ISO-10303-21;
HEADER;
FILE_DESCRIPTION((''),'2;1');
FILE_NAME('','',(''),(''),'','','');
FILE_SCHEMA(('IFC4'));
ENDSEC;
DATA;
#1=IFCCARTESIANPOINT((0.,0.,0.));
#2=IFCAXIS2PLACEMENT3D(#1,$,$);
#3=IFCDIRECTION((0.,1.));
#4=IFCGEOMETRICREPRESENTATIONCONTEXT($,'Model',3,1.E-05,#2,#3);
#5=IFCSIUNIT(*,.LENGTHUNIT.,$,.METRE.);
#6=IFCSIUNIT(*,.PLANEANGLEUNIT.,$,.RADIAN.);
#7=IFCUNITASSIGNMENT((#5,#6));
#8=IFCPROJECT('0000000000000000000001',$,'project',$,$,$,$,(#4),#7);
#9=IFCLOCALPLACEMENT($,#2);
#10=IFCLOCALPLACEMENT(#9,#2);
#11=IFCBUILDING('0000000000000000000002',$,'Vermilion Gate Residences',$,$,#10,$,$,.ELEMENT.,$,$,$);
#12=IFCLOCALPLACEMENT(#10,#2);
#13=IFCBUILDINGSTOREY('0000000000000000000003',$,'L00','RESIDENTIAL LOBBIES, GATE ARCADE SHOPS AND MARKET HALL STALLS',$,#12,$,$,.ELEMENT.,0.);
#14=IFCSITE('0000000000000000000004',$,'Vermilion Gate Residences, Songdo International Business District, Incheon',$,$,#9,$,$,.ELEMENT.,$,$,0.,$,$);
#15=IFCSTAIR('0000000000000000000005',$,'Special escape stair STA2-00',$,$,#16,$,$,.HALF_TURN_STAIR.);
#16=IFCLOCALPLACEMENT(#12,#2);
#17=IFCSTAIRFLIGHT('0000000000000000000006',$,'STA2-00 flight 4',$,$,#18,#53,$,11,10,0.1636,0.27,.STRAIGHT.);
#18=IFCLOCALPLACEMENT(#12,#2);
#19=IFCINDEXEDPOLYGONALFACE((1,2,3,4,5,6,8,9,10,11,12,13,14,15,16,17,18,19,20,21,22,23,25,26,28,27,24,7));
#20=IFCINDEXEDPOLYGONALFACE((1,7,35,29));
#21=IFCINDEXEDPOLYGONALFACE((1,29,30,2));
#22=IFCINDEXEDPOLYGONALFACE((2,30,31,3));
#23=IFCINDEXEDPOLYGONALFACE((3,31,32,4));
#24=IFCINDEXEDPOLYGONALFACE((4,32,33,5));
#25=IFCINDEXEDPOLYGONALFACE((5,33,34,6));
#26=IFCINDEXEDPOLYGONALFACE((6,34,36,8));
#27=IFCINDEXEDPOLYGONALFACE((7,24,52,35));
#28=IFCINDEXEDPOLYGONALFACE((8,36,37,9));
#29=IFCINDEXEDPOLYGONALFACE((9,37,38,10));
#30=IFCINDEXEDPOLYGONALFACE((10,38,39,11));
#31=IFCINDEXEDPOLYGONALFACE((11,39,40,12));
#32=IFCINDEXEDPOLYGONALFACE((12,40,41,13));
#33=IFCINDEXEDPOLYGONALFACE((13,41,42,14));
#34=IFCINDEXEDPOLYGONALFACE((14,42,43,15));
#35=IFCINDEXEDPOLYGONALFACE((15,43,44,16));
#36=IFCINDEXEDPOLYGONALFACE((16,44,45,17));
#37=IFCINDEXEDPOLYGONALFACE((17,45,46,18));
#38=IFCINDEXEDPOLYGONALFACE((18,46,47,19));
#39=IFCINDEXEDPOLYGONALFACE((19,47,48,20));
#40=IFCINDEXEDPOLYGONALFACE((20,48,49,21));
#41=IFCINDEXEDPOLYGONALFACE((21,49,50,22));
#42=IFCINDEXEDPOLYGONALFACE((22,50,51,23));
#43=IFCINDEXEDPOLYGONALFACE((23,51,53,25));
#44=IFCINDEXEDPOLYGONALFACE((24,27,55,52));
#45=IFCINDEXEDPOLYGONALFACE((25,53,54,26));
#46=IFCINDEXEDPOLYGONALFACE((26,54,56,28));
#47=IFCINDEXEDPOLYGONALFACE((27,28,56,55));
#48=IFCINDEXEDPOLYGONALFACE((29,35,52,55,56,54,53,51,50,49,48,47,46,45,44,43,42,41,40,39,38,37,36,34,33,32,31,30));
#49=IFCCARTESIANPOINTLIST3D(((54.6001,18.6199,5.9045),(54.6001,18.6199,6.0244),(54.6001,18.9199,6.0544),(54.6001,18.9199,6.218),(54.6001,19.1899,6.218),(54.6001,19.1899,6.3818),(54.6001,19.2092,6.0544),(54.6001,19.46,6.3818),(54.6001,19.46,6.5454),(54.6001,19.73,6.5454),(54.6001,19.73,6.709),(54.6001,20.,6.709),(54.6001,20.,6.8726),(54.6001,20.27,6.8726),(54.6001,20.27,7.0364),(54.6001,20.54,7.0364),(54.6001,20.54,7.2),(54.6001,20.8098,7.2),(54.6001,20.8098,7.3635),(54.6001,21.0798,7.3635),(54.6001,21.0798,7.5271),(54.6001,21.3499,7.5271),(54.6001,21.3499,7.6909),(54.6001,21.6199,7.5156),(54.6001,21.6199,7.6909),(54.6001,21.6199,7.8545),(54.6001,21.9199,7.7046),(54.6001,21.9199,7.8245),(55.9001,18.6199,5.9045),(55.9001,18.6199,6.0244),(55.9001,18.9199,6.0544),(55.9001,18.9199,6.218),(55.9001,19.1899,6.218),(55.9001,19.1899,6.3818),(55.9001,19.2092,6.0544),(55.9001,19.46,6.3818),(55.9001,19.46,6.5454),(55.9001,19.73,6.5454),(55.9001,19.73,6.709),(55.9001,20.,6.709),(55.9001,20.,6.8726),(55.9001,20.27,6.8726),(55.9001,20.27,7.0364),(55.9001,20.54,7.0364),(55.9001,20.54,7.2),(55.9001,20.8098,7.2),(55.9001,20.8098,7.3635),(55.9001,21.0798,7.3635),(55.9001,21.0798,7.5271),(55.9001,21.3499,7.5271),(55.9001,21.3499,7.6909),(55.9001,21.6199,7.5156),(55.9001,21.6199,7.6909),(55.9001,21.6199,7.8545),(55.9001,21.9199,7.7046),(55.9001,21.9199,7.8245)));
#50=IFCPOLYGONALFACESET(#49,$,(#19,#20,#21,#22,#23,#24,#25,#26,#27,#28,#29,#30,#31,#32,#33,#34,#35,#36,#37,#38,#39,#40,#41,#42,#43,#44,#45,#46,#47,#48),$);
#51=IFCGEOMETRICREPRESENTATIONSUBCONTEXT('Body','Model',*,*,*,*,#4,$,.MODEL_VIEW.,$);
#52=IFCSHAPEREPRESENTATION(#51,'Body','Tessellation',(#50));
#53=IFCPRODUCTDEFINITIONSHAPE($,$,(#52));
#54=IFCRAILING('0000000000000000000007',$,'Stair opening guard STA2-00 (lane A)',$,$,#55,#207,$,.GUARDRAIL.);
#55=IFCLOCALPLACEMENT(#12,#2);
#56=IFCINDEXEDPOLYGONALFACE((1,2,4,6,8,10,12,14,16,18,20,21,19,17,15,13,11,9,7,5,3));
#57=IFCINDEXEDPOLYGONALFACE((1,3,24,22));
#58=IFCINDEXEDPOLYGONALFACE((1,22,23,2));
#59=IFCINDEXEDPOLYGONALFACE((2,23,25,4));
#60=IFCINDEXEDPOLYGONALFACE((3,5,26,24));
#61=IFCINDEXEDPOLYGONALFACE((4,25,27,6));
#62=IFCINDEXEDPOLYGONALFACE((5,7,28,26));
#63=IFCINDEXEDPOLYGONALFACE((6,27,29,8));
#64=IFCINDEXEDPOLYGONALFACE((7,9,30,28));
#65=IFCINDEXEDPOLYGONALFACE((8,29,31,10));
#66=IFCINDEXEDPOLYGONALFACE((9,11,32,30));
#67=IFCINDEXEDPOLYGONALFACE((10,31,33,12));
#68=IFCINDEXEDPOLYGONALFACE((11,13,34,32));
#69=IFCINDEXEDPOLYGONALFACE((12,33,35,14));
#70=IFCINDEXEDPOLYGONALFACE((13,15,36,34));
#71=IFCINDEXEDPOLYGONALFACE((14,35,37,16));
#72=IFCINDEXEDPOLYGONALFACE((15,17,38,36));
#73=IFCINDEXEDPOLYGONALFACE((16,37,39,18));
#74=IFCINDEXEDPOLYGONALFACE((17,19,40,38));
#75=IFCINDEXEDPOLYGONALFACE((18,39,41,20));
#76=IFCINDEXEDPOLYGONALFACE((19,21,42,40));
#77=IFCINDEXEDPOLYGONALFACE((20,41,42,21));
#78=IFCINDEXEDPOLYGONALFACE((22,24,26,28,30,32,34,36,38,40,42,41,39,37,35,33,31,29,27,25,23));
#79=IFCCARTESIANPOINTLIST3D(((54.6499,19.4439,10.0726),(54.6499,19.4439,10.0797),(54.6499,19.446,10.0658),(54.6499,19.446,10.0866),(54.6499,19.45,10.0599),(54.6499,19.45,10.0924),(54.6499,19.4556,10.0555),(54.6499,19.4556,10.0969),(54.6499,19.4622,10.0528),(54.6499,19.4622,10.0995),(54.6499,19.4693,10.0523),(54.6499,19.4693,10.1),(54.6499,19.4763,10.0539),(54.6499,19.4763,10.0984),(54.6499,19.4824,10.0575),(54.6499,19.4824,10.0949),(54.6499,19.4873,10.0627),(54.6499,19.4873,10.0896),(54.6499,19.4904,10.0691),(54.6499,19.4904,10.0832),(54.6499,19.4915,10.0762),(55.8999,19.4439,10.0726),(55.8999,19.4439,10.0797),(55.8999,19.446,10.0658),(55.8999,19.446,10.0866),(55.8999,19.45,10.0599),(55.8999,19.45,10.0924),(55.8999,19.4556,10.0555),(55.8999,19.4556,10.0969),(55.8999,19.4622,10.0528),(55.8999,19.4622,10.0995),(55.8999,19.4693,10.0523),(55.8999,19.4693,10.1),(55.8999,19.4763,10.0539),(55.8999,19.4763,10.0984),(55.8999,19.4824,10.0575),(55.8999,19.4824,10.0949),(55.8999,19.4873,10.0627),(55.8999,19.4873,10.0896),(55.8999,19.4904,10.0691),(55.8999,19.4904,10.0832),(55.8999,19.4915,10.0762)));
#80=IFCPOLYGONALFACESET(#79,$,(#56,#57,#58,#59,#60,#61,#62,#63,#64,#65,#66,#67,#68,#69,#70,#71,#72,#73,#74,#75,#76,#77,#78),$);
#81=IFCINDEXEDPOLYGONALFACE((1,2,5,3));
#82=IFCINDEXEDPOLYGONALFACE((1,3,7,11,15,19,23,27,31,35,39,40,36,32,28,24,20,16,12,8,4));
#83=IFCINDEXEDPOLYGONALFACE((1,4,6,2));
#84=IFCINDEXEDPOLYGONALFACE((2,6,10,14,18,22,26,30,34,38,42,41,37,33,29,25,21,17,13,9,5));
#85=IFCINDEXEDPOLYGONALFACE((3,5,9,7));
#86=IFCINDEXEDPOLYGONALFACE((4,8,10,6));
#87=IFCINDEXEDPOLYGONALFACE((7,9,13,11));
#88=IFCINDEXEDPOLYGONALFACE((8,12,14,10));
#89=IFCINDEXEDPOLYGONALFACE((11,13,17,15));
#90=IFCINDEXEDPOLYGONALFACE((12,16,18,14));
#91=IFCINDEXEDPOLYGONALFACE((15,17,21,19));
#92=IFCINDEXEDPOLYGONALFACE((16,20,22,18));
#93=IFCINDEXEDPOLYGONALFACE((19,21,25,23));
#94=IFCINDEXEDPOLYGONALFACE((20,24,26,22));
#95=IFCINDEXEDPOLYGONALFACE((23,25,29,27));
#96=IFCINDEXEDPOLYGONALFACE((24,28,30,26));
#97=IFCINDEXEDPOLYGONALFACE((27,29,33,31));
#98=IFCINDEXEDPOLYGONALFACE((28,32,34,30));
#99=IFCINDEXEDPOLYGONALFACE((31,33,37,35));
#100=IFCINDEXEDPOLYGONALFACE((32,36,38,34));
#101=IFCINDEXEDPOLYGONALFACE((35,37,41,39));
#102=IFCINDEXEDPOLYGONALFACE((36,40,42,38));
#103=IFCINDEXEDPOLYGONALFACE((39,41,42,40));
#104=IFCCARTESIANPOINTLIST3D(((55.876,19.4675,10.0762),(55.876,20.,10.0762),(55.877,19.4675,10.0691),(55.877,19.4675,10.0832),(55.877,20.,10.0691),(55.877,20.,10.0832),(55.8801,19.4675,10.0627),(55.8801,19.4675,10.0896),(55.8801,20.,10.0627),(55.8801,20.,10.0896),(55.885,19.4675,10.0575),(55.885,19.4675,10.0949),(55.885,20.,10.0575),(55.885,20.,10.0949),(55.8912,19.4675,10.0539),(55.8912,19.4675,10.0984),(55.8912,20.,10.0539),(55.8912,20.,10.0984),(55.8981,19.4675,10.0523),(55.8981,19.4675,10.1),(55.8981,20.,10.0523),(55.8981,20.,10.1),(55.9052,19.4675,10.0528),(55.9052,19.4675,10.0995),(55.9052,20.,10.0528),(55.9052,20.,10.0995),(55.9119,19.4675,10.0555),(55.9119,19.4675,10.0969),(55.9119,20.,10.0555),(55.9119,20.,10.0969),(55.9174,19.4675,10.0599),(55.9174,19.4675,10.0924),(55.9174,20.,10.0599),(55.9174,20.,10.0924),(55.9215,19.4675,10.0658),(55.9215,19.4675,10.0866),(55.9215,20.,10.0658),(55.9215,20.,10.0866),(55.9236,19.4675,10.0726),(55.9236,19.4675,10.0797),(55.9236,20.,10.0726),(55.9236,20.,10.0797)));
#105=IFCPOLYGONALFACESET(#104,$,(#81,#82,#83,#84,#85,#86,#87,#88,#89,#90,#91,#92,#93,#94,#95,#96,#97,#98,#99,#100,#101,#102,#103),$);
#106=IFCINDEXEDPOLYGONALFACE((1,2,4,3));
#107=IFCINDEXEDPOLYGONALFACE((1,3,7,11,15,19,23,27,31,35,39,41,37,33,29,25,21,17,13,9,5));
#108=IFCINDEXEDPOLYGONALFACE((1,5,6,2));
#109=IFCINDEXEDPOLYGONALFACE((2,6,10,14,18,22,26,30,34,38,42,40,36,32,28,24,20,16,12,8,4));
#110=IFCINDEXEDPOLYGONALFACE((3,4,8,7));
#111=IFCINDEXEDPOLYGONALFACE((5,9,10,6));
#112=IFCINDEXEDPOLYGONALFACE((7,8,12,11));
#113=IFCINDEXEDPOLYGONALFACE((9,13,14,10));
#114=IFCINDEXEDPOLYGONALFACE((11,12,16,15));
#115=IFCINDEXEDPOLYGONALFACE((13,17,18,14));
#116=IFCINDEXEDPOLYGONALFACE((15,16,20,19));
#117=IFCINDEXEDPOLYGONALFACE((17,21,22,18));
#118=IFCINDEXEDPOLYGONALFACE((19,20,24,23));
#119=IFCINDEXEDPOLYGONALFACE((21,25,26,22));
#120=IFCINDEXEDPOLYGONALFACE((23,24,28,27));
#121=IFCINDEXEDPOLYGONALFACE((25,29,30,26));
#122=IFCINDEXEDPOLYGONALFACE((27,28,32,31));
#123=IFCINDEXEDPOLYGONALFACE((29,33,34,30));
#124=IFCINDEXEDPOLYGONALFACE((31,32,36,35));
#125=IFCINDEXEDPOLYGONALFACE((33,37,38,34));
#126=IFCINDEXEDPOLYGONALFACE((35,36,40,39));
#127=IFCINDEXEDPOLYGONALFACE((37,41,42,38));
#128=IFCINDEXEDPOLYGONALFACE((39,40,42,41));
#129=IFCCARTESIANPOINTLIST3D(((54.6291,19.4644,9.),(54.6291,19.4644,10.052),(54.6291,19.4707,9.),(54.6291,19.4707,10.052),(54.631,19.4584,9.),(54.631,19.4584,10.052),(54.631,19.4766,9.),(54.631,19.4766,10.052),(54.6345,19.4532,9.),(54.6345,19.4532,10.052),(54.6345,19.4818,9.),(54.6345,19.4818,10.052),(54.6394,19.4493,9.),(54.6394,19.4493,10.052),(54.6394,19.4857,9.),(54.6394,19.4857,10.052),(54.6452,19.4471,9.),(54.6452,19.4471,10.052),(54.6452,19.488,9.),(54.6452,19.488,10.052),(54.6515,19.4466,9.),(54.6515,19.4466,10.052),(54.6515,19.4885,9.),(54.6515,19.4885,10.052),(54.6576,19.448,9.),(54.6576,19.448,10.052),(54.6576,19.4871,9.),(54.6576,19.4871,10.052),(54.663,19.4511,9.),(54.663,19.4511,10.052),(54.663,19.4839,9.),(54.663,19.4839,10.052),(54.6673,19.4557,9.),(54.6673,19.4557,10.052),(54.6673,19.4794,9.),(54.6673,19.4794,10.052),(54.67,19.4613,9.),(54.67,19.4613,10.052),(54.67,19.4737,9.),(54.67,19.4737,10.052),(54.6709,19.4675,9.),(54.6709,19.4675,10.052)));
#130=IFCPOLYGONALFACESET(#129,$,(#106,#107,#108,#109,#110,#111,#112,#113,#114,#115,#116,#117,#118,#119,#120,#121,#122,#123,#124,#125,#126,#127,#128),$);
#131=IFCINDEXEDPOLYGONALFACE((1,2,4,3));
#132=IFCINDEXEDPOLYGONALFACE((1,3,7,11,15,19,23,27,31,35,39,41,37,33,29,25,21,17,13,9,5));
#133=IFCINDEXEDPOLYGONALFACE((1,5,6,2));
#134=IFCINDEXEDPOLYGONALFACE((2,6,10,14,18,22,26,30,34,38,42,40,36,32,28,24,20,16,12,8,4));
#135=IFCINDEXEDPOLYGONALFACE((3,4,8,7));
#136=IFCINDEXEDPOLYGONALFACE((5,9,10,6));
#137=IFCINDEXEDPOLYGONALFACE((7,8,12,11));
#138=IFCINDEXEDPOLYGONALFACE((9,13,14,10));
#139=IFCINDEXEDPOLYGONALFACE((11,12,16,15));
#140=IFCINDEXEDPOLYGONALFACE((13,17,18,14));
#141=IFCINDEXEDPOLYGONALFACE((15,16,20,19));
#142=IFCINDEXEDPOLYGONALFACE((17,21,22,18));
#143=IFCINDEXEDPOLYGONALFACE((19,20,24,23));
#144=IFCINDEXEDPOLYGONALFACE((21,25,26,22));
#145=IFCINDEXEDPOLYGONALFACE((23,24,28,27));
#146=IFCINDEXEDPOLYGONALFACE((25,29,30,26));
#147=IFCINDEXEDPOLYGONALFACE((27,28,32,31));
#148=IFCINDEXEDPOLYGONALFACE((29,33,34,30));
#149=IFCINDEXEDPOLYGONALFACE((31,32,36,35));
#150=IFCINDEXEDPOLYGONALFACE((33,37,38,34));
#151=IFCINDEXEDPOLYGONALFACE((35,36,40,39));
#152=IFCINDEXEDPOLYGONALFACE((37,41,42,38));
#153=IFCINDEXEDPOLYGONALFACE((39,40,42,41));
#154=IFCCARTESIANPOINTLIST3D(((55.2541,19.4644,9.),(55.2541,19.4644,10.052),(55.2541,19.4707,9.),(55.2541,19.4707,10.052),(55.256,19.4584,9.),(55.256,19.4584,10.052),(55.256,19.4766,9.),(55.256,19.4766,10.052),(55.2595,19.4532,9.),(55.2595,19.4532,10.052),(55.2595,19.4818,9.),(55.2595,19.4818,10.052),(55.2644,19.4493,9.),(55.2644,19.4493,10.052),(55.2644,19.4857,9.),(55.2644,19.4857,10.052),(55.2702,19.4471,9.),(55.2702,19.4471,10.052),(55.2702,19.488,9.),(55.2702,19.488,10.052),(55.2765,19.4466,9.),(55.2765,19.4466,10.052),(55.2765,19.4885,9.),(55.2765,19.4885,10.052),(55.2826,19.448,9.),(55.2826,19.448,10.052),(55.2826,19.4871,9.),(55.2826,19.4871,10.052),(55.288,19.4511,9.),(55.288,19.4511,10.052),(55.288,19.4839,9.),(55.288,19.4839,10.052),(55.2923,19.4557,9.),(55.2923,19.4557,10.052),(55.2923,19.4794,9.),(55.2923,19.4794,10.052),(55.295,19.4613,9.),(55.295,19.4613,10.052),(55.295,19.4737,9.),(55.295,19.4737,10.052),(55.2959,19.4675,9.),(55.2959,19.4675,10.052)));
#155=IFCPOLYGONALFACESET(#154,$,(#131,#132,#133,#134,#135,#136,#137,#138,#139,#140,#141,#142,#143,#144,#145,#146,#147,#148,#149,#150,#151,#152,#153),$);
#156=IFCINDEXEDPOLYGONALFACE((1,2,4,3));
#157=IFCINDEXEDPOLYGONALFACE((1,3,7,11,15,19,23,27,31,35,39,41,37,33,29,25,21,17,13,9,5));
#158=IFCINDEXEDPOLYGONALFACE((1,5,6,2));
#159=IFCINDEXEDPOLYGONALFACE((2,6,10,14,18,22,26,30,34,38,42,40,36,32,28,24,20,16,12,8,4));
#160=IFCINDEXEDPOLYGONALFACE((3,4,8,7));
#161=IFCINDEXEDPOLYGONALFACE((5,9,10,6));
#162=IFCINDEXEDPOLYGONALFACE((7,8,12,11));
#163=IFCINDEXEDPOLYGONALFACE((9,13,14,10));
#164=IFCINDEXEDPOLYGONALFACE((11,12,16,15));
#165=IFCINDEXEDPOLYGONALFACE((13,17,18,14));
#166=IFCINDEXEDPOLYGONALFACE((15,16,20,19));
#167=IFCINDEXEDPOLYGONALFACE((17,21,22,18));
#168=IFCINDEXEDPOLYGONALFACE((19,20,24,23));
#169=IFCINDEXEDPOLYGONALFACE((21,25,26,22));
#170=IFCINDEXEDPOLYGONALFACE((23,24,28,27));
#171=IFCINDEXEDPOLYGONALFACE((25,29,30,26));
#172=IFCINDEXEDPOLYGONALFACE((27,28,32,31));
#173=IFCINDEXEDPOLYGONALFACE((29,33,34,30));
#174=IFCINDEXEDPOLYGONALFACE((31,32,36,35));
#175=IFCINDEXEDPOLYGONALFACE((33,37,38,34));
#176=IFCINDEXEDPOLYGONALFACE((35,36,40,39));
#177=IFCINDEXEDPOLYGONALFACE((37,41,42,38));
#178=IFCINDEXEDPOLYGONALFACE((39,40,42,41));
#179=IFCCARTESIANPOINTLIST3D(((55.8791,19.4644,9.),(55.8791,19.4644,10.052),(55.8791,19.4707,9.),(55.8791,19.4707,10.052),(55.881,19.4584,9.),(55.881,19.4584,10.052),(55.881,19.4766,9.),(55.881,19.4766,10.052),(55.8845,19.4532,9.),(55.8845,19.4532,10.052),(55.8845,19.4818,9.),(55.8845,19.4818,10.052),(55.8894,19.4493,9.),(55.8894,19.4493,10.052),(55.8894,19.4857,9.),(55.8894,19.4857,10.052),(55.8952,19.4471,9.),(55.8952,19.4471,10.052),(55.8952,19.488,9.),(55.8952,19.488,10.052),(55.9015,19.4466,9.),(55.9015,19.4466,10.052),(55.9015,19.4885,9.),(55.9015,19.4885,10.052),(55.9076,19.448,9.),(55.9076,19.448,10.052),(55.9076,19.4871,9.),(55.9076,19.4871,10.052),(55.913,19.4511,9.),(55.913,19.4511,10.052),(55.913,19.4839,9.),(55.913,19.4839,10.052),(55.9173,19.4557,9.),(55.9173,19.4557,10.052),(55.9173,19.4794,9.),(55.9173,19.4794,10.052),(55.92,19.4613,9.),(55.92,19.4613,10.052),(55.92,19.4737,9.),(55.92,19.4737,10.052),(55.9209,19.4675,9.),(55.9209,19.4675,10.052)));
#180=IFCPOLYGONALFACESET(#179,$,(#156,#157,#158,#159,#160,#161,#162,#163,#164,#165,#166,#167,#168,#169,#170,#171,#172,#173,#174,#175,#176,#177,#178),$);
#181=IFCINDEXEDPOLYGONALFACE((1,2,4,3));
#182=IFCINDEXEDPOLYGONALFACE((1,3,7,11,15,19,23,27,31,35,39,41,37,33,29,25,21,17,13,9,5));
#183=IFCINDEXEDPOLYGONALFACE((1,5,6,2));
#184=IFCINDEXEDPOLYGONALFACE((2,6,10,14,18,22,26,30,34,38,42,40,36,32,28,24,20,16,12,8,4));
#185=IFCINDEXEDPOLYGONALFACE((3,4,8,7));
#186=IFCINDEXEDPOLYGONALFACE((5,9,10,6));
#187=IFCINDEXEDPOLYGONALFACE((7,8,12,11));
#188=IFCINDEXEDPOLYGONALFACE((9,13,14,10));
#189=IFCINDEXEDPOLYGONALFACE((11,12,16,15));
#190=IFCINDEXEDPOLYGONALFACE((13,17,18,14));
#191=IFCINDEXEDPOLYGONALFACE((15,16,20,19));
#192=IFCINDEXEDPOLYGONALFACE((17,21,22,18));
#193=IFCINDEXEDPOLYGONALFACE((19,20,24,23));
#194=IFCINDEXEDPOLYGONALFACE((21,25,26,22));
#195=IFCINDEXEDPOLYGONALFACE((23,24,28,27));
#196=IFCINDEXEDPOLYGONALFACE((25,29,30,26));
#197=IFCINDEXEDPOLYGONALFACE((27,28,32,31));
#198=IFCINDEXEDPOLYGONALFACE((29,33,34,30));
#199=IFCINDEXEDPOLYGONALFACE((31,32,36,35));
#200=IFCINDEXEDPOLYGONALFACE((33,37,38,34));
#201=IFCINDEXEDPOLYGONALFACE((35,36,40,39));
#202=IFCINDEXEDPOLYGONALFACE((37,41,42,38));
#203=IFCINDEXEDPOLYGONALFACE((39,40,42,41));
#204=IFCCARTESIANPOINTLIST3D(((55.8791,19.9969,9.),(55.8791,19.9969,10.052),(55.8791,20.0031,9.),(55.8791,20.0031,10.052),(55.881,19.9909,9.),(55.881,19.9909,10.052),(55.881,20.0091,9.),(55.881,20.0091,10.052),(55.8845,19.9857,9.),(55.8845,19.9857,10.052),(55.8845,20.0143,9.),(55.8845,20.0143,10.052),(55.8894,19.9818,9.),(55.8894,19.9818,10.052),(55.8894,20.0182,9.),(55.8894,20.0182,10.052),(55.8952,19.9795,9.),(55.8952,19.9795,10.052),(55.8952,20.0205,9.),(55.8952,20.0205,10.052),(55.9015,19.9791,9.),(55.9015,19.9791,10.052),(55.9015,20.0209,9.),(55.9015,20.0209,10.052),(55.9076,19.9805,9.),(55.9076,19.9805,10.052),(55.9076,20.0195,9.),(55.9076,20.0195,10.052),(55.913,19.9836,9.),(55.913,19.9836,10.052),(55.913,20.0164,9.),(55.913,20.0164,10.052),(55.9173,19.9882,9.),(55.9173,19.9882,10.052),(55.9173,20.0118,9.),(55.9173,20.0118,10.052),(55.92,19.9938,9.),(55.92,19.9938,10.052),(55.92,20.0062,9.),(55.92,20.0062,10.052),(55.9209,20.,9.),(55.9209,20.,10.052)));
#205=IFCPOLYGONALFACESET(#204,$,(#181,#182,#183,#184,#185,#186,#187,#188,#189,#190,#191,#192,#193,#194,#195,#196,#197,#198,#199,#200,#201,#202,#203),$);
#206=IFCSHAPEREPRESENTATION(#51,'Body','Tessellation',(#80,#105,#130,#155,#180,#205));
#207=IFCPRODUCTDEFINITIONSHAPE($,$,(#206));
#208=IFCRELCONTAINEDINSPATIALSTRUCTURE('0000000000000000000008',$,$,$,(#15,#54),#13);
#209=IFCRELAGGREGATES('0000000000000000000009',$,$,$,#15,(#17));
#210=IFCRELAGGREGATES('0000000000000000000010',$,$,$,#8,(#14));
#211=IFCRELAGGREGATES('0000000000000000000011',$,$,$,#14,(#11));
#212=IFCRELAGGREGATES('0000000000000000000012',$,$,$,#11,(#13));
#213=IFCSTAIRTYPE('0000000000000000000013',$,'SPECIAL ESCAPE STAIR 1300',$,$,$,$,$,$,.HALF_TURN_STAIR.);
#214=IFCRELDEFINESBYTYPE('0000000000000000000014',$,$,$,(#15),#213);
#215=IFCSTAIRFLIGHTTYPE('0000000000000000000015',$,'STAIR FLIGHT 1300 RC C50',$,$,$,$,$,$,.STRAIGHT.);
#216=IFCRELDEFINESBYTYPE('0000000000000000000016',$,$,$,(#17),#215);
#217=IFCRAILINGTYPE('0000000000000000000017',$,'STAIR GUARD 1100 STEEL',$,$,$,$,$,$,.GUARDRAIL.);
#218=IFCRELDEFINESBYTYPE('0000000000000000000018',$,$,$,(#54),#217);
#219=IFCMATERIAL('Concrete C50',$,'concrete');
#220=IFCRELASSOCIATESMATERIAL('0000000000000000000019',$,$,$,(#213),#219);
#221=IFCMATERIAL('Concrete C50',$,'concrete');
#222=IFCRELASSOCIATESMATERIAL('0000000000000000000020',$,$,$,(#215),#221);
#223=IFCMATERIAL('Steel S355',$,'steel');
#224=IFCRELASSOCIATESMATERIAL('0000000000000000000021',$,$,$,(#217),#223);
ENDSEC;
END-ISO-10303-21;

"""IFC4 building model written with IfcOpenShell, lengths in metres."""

from ifc_helpers import new_model, si_unit, direction, frame, origin, origin_2d, place, context, subcontext, project, spatial, polyline, circle, outline, extrude, material, type_object, element, aggregate, save


model = new_model("IFC4")

# Units and contexts
model_context = context("Model", 3, precision=1e-05, world=origin(), true_north=direction((0.0, 1.0)))
body_context = subcontext(model_context, "Body", "Model", "MODEL_VIEW")
ifc_project = project(units=[si_unit("LENGTHUNIT", "METRE"), si_unit("PLANEANGLEUNIT", "RADIAN")], contexts=[model_context])

# Site, building, storey
site_placement = place(None, origin())
site = spatial("IfcSite", under=ifc_project, at=site_placement, Name="Vermilion Gate Residences, Songdo International Business District, Incheon", CompositionType="ELEMENT", RefElevation=0.0)
building_placement = place(site_placement, origin())
building = spatial("IfcBuilding", under=site, at=building_placement, Name="Vermilion Gate Residences", CompositionType="ELEMENT")
storey_placement = place(building_placement, origin())
storey = spatial("IfcBuildingStorey", under=building, at=storey_placement, Name="L00", Description="RESIDENTIAL LOBBIES, GATE ARCADE SHOPS AND MARKET HALL STALLS", CompositionType="ELEMENT", Elevation=0.0)

# Stair, stair flight
ifc_material_1 = material(Name="Concrete C50", Category="concrete")
stair_type = type_object("IfcStairType", Name="SPECIAL ESCAPE STAIR 1300", PredefinedType="HALF_TURN_STAIR", material=ifc_material_1)
ifc_material_2 = material(Name="Concrete C50", Category="concrete")
stair_flight_type = type_object("IfcStairFlightType", Name="STAIR FLIGHT 1300 RC C50", PredefinedType="STRAIGHT", material=ifc_material_2)
stair_1_placement = place(storey_placement, origin())
stair_1 = element("IfcStair", 1, at=stair_1_placement, inside=storey, type_object=stair_type, Name="Special escape stair STA2-00", PredefinedType="HALF_TURN_STAIR")
stair_flight_1_placement = place(storey_placement, frame((55.25, 18.9199, 6.0544), z_axis=(0.0, 0.0, 1.0), x_axis=(0.0, 1.0, 0.0)))
stair_flight_1 = element("IfcStairFlight", 2, at=stair_flight_1_placement, type_object=stair_flight_type, Name="STA2-00 flight 4", NumberOfRisers=11, NumberOfTreads=10, PredefinedType="STRAIGHT", RiserHeight=0.1636, TreadLength=0.27, context=body_context, shape_type="SweptSolid", body=[
    extrude(outline(polyline([(-0.3, -0.1499), (-0.3, -0.03), (0.0, 0.0), (0.0, 0.1636), (0.27, 0.1636), (0.27, 0.3274), (0.54, 0.3274), (0.54, 0.491), (0.8101, 0.491), (0.8101, 0.6545), (1.0801, 0.6545), (1.0801, 0.8181), (1.3501, 0.8181), (1.3501, 0.9819), (1.6201, 0.9819), (1.6201, 1.1455), (1.8899, 1.1455), (1.8899, 1.3091), (2.1599, 1.3091), (2.1599, 1.4727), (2.4299, 1.4727), (2.4299, 1.6365), (2.7, 1.6365), (2.7, 1.8), (3.0, 1.77), (3.0, 1.6501), (2.7, 1.4612), (0.2893, 0.0), (-0.3, -0.1499)])), frame((0.0, 0.6499, 0.0), z_axis=(0.0, -1.0, 0.0), x_axis=(1.0, 0.0, 0.0)), (0.0, 0.0, 1.0), 1.3),
])
aggregate(stair_1, [stair_flight_1])

# Railing
ifc_material_3 = material(Name="Steel S355", Category="steel")
railing_type_1 = type_object("IfcRailingType", Name="STAIR GUARD 1100 STEEL", PredefinedType="GUARDRAIL", material=ifc_material_3)
railing_1_placement = place(storey_placement, frame((54.6499, 19.4675, 9.0)))
element("IfcRailing", 3, at=railing_1_placement, inside=storey, type_object=railing_type_1, Name="Stair opening guard STA2-00 (lane A)", PredefinedType="GUARDRAIL", context=body_context, shape_type="SweptSolid", body=[
    extrude(circle(Radius=0.0239, at=origin_2d()), frame((0.0, 0.0, 1.0762), z_axis=(1.0, 0.0, 0.0), x_axis=(0.0, 1.0, 0.0)), (0.0, 0.0, 1.0), 1.25),
    extrude(circle(Radius=0.0239, at=origin_2d()), frame((1.25, 0.0, 1.0762), z_axis=(0.0, 1.0, 0.0), x_axis=(-1.0, 0.0, 0.0)), (0.0, 0.0, 1.0), 0.5325),
    extrude(circle(Radius=0.021, at=origin_2d()), origin(), (0.0, 0.0, 1.0), 1.052),
    extrude(circle(Radius=0.021, at=origin_2d()), frame((0.625, 0.0, 0.0)), (0.0, 0.0, 1.0), 1.052),
    extrude(circle(Radius=0.021, at=origin_2d()), frame((1.25, 0.0, 0.0)), (0.0, 0.0, 1.0), 1.052),
    extrude(circle(Radius=0.021, at=origin_2d()), frame((1.25, 0.5325, 0.0)), (0.0, 0.0, 1.0), 1.052),
])

save(model, "model.ifc")
